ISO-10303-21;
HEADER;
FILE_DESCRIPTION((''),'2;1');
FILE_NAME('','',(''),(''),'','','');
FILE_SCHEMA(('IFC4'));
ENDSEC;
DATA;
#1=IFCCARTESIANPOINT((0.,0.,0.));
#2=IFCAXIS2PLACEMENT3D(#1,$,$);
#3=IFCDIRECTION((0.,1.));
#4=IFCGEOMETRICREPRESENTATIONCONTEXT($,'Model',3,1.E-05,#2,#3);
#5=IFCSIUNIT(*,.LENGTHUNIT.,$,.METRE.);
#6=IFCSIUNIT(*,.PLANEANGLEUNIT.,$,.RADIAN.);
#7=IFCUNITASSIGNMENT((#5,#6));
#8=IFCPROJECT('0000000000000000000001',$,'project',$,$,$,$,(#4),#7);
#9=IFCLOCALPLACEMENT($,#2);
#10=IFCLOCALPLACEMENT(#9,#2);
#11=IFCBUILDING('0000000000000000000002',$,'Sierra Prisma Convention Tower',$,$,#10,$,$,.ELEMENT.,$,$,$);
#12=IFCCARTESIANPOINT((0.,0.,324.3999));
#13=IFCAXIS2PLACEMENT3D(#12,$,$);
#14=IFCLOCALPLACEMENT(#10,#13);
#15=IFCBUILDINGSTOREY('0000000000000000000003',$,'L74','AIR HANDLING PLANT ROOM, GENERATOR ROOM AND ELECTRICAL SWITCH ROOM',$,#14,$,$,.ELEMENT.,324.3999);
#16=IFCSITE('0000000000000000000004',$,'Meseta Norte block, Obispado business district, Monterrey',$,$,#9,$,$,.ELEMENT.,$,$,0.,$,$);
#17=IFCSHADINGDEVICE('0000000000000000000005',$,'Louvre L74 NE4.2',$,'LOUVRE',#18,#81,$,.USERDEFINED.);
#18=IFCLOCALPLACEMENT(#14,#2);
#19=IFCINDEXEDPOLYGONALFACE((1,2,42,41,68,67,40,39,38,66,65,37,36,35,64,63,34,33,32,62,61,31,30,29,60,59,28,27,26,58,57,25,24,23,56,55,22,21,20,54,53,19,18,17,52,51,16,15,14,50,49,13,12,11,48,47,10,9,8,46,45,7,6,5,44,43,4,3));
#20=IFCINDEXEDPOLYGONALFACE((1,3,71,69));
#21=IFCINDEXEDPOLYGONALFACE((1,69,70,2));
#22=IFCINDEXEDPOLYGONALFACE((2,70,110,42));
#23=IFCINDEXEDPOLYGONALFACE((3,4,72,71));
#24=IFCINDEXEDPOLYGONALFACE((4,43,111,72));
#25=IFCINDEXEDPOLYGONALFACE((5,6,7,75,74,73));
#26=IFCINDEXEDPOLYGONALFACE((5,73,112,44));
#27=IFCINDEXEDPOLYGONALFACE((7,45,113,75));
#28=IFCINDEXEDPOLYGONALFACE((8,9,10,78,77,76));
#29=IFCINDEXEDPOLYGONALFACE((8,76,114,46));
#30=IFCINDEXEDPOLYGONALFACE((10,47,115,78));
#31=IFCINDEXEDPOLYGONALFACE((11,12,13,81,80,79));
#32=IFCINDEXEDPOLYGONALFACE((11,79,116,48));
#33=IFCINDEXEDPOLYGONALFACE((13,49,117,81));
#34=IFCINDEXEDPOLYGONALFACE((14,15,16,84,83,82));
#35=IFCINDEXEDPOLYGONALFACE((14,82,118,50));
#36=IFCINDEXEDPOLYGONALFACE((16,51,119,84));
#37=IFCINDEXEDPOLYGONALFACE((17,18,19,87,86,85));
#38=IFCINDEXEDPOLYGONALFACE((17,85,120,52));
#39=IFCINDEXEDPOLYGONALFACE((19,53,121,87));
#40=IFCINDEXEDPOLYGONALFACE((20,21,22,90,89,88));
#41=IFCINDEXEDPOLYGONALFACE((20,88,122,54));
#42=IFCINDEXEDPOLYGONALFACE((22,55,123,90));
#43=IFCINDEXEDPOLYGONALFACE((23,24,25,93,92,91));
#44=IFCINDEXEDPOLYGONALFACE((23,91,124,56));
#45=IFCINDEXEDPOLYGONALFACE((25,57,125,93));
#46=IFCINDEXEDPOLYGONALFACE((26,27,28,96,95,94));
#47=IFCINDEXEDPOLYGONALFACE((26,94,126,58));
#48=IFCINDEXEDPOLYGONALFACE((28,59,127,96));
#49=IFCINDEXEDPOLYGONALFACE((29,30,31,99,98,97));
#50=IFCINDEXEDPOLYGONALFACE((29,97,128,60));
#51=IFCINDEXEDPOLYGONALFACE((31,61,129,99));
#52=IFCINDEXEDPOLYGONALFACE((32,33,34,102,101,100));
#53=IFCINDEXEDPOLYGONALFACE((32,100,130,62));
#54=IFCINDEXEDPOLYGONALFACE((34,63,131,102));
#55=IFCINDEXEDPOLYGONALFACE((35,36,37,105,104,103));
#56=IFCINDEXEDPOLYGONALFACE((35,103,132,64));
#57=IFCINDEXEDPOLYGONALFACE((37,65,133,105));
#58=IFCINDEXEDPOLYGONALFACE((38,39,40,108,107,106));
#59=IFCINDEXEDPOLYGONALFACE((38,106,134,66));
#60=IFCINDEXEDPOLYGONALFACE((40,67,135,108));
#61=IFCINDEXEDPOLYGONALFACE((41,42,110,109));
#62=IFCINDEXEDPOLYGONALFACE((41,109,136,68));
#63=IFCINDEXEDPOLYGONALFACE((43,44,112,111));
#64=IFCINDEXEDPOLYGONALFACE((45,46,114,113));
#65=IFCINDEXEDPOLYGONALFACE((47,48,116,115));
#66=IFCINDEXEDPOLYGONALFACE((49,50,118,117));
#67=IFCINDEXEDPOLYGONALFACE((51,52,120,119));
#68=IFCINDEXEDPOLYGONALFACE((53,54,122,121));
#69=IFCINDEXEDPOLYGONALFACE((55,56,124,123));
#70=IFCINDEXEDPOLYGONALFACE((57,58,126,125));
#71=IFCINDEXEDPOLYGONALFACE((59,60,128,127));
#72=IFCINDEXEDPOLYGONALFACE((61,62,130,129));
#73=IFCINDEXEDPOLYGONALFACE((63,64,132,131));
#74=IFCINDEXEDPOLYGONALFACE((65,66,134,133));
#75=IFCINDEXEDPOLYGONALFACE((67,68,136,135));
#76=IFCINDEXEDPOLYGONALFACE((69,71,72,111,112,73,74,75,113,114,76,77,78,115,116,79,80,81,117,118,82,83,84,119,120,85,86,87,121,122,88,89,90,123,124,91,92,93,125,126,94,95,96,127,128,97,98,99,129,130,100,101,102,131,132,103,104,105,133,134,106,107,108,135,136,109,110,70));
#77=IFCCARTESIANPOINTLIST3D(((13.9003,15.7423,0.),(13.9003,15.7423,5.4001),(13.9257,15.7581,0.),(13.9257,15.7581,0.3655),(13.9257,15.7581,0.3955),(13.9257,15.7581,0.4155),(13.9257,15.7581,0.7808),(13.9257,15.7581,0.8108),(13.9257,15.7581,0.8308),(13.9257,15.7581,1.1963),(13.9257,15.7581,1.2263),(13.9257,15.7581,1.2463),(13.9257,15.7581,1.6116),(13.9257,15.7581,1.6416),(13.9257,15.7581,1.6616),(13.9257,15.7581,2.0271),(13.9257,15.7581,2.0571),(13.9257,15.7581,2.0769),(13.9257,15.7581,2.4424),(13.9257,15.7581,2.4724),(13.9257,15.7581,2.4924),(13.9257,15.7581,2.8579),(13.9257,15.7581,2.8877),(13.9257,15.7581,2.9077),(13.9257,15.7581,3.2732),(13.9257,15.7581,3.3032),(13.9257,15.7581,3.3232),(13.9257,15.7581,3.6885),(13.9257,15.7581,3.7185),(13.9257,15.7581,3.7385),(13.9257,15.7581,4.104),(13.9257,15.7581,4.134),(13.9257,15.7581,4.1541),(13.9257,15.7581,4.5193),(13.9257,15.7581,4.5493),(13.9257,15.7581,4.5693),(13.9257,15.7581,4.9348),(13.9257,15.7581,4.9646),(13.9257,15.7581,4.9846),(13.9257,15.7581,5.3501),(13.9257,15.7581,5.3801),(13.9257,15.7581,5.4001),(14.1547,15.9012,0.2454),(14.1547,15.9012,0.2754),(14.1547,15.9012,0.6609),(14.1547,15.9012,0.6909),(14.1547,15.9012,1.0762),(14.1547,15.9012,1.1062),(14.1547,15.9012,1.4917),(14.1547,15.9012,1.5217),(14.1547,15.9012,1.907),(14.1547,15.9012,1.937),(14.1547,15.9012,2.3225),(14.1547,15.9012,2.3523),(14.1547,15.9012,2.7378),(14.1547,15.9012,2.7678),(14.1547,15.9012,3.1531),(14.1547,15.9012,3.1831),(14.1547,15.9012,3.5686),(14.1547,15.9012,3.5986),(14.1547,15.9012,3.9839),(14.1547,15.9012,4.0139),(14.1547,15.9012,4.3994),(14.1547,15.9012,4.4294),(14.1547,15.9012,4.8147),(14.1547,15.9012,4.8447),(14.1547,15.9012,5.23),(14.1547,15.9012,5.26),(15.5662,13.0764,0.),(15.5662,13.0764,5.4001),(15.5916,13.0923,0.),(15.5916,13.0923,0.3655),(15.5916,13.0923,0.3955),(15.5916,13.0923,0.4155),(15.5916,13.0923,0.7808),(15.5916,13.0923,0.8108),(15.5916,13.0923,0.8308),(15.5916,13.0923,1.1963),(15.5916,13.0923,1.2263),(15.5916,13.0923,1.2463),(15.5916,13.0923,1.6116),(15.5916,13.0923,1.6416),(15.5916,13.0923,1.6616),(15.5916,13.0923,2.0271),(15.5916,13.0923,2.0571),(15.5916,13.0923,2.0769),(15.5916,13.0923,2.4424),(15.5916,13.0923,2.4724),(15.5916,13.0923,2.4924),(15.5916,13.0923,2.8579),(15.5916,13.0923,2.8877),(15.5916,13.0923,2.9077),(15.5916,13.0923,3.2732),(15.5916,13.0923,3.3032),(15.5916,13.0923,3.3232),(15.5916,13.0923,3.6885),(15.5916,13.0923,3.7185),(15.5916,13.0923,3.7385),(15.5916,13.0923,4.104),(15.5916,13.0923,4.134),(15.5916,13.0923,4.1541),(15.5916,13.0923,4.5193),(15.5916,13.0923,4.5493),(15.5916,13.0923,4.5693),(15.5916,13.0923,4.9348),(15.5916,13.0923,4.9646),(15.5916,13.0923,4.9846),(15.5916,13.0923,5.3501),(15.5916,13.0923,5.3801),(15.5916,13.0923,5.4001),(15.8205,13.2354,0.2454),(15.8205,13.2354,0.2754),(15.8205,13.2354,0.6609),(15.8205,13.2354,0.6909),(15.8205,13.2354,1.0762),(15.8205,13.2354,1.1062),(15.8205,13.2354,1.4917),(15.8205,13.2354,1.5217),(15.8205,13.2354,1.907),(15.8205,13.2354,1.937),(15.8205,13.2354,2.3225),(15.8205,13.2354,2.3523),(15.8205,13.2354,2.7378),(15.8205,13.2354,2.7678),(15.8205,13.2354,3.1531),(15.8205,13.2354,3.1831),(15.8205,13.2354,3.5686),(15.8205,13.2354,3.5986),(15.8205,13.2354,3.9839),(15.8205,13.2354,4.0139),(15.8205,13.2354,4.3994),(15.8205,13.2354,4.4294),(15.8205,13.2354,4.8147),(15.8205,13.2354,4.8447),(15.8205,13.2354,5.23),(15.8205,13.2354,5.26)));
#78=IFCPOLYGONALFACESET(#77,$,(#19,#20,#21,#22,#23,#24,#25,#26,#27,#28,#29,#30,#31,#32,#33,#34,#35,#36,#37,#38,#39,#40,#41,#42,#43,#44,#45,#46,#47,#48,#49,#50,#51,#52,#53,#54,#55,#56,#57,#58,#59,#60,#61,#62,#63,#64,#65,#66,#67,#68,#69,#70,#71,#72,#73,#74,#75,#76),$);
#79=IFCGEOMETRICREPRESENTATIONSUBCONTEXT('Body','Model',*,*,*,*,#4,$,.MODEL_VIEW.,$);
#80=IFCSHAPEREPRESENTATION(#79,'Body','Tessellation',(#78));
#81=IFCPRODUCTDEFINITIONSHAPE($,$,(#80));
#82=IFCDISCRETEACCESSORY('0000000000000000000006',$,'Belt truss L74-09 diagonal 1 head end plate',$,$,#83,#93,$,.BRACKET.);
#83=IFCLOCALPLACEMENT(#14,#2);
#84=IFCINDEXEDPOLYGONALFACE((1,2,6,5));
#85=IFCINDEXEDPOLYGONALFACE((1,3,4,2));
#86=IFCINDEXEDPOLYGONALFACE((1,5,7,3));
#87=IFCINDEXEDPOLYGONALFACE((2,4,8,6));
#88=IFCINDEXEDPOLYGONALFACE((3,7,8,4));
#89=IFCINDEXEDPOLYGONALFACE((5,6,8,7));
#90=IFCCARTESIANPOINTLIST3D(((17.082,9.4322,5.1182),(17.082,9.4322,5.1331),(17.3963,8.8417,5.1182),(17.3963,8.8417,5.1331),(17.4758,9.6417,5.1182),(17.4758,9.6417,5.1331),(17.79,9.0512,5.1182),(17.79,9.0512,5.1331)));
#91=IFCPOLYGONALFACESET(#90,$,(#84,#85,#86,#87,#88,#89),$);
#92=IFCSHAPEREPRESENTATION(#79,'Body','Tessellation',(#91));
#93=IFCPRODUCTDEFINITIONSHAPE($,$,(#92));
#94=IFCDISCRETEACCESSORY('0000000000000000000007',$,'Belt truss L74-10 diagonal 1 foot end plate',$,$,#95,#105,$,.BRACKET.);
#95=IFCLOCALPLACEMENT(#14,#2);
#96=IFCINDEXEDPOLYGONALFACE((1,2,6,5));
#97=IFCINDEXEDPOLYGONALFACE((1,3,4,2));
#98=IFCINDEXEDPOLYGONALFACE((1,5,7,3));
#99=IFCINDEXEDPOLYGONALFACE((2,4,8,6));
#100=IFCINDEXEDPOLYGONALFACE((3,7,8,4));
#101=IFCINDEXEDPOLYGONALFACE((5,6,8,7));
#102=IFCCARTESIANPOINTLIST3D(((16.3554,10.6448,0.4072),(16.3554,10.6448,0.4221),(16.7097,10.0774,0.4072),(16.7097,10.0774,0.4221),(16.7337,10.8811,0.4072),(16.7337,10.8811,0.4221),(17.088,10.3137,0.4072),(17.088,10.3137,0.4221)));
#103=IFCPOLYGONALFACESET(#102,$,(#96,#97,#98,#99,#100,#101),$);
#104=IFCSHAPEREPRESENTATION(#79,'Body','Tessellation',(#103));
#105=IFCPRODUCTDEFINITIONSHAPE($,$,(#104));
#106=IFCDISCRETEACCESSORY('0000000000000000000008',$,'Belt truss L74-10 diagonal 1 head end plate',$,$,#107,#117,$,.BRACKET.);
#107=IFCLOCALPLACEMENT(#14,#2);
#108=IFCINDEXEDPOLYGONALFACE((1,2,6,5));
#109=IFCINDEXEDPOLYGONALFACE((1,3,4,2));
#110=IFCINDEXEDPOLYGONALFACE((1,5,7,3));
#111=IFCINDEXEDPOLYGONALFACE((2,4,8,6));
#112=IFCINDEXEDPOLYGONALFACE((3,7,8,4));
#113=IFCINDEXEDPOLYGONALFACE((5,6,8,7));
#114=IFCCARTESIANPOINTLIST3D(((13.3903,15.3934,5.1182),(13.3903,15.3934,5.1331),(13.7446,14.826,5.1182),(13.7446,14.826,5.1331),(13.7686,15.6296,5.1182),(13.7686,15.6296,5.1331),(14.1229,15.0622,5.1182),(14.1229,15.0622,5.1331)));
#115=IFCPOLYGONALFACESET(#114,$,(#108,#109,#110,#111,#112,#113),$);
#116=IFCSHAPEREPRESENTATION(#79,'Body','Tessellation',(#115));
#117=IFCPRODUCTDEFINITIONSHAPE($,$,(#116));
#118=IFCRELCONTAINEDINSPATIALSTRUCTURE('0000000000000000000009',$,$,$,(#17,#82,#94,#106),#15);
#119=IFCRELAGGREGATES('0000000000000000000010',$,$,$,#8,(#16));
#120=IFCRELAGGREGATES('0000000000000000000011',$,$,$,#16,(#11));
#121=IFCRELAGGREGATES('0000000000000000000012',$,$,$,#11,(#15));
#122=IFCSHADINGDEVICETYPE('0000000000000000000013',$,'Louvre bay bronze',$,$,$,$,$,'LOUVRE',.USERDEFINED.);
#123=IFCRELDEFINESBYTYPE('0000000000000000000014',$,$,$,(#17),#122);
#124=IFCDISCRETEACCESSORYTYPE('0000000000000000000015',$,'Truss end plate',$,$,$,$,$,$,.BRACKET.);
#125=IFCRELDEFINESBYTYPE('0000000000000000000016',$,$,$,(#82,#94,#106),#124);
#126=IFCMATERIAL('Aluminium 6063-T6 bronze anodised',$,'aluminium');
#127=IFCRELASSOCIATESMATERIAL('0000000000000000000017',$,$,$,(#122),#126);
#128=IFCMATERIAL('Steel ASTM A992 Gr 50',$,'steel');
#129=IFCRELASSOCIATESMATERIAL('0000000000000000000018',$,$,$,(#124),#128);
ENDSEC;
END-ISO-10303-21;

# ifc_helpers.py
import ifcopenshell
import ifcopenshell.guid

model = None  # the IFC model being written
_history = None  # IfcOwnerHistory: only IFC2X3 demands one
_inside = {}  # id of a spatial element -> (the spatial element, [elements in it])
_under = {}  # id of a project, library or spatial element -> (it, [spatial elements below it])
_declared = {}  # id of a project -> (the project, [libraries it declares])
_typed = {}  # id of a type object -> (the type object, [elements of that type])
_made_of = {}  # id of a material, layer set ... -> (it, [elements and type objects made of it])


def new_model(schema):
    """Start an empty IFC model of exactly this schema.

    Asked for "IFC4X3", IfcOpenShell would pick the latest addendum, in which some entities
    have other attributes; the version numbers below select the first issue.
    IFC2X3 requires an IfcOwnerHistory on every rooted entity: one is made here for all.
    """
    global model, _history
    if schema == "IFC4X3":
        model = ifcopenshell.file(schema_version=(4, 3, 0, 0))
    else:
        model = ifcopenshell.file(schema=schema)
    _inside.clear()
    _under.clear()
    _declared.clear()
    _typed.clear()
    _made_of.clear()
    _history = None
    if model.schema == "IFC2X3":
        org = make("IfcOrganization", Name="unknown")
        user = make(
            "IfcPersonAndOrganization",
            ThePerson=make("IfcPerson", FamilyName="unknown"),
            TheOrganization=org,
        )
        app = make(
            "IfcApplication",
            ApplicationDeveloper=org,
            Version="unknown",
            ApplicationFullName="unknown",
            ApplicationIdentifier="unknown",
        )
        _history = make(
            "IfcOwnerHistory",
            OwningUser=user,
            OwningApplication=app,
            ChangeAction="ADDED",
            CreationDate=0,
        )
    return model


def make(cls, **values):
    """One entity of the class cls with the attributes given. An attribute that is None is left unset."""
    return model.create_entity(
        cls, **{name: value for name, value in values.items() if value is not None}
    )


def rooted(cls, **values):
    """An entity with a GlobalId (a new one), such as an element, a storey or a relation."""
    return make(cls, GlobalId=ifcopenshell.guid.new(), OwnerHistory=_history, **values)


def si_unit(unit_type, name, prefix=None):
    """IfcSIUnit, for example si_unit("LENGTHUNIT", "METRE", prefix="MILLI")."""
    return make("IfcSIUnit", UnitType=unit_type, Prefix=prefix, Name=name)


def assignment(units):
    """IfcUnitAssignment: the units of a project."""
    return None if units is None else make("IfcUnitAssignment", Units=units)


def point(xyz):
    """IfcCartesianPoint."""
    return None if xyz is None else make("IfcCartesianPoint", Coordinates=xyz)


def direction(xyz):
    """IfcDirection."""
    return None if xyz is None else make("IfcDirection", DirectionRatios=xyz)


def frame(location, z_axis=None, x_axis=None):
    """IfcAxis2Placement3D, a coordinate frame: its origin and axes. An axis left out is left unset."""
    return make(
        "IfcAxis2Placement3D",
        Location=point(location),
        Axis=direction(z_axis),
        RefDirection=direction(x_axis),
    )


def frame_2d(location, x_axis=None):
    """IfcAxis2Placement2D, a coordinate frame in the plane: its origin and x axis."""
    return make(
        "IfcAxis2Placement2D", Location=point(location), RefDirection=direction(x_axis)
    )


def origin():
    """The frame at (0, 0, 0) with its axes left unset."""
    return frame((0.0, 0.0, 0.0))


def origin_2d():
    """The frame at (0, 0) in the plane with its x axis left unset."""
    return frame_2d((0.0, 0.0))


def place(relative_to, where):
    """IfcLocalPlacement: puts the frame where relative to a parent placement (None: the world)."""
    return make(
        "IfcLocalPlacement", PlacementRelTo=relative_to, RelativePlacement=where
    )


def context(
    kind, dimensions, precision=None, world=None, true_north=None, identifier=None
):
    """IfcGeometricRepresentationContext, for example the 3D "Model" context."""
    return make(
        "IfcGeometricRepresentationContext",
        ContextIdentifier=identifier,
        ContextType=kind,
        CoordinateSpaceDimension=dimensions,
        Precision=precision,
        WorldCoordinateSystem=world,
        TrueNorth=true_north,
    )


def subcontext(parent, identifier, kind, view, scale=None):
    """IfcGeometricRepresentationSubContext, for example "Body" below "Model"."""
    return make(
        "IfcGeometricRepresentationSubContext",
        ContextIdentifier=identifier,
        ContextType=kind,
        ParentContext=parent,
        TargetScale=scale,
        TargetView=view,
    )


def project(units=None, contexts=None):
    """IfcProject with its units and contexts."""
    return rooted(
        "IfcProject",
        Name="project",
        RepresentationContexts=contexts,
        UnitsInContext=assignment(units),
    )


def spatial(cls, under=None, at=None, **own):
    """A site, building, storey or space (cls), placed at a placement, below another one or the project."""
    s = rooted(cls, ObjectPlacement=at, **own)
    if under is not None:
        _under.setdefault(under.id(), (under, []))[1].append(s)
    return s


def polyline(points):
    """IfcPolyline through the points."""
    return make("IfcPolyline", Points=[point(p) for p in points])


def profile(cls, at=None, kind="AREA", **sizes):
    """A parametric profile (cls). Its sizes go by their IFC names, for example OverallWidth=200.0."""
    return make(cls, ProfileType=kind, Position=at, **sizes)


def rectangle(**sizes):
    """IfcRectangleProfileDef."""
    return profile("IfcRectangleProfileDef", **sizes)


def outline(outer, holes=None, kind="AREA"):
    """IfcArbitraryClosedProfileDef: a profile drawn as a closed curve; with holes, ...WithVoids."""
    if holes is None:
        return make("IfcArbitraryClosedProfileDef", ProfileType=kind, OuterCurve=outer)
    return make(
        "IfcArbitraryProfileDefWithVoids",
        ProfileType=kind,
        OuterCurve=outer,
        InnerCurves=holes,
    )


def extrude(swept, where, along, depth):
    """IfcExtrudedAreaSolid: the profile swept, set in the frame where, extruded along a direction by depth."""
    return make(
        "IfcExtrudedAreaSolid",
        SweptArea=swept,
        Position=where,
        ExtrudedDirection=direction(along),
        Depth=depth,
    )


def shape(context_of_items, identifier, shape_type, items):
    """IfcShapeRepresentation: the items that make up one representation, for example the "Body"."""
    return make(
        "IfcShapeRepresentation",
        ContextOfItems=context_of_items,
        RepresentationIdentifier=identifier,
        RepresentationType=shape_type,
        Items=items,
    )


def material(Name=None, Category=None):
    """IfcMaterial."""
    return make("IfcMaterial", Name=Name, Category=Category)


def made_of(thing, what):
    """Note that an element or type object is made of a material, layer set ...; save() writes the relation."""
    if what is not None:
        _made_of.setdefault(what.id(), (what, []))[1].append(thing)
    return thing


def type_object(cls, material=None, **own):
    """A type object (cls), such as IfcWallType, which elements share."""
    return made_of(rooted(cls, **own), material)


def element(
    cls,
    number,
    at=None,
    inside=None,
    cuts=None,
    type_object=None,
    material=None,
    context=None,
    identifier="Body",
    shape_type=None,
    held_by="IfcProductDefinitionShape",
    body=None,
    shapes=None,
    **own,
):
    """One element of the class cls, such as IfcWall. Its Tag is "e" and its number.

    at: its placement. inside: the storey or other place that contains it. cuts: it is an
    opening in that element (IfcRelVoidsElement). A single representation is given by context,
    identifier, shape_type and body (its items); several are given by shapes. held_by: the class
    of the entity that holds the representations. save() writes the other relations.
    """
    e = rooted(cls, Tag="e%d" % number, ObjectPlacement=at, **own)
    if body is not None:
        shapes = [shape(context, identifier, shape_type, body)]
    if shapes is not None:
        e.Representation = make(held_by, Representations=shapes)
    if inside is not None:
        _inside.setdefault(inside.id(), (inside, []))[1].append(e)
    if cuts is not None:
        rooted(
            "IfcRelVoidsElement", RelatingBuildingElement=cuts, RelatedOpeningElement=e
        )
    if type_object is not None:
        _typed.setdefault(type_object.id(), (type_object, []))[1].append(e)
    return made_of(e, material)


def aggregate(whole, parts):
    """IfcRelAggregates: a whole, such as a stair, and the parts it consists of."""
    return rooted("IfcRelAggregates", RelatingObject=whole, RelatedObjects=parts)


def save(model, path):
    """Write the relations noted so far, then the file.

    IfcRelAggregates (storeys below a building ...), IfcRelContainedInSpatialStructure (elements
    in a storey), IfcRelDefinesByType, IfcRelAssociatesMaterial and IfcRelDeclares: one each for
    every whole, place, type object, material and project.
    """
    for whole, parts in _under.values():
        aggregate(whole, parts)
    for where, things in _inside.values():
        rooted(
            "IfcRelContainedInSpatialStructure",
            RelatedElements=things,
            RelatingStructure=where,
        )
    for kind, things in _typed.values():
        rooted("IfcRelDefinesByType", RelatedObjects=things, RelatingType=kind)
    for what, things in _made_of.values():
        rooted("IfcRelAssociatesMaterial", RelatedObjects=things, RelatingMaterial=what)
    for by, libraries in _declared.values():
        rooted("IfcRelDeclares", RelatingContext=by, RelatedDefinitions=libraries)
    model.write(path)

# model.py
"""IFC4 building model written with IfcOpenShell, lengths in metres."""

from ifc_helpers import new_model, si_unit, direction, frame, origin, origin_2d, place, context, subcontext, project, spatial, polyline, rectangle, outline, extrude, material, type_object, element, save


model = new_model("IFC4")

# Units and contexts
model_context = context("Model", 3, precision=1e-05, world=origin(), true_north=direction((0.0, 1.0)))
body_context = subcontext(model_context, "Body", "Model", "MODEL_VIEW")
ifc_project = project(units=[si_unit("LENGTHUNIT", "METRE"), si_unit("PLANEANGLEUNIT", "RADIAN")], contexts=[model_context])

# Site, building, storey
site_placement = place(None, origin())
site = spatial("IfcSite", under=ifc_project, at=site_placement, Name="Meseta Norte block, Obispado business district, Monterrey", CompositionType="ELEMENT", RefElevation=0.0)
building_placement = place(site_placement, origin())
building = spatial("IfcBuilding", under=site, at=building_placement, Name="Sierra Prisma Convention Tower", CompositionType="ELEMENT")
storey_placement = place(building_placement, frame((0.0, 0.0, 324.3999)))
storey = spatial("IfcBuildingStorey", under=building, at=storey_placement, Name="L74", Description="AIR HANDLING PLANT ROOM, GENERATOR ROOM AND ELECTRICAL SWITCH ROOM", CompositionType="ELEMENT", Elevation=324.3999)

# Shading device
ifc_material_1 = material(Name="Aluminium 6063-T6 bronze anodised", Category="aluminium")
shading_device_type = type_object("IfcShadingDeviceType", Name="Louvre bay bronze", ElementType="LOUVRE", PredefinedType="USERDEFINED", material=ifc_material_1)
shading_device_1_placement = place(storey_placement, frame((15.5662, 13.0764, 0.0), z_axis=(0.529935, -0.848038, 0.0), x_axis=(0.0, 0.0, 1.0)))
element("IfcShadingDevice", 1, at=shading_device_1_placement, inside=storey, type_object=shading_device_type, Name="Louvre L74 NE4.2", ObjectType="LOUVRE", PredefinedType="USERDEFINED", context=body_context, shape_type="SweptSolid", body=[
    extrude(outline(polyline([(0.0, 0.0), (5.4001, 0.0), (5.4001, -0.0299), (5.3801, -0.0299), (5.26, -0.3), (5.23, -0.3), (5.3501, -0.0299), (4.9846, -0.0299), (4.9646, -0.0299), (4.8447, -0.3), (4.8147, -0.3), (4.9348, -0.0299), (4.5693, -0.0299), (4.5493, -0.0299), (4.4294, -0.3), (4.3994, -0.3), (4.5193, -0.0299), (4.1541, -0.0299), (4.134, -0.0299), (4.0139, -0.3), (3.9839, -0.3), (4.104, -0.0299), (3.7385, -0.0299), (3.7185, -0.0299), (3.5986, -0.3), (3.5686, -0.3), (3.6885, -0.0299), (3.3232, -0.0299), (3.3032, -0.0299), (3.1831, -0.3), (3.1531, -0.3), (3.2732, -0.0299), (2.9077, -0.0299), (2.8877, -0.0299), (2.7678, -0.3), (2.7378, -0.3), (2.8579, -0.0299), (2.4924, -0.0299), (2.4724, -0.0299), (2.3523, -0.3), (2.3225, -0.3), (2.4424, -0.0299), (2.0769, -0.0299), (2.0571, -0.0299), (1.937, -0.3), (1.907, -0.3), (2.0271, -0.0299), (1.6616, -0.0299), (1.6416, -0.0299), (1.5217, -0.3), (1.4917, -0.3), (1.6116, -0.0299), (1.2463, -0.0299), (1.2263, -0.0299), (1.1062, -0.3), (1.0762, -0.3), (1.1963, -0.0299), (0.8308, -0.0299), (0.8108, -0.0299), (0.6909, -0.3), (0.6609, -0.3), (0.7808, -0.0299), (0.4155, -0.0299), (0.3955, -0.0299), (0.2754, -0.3), (0.2454, -0.3), (0.3655, -0.0299), (0.0, -0.0299), (0.0, 0.0)])), origin(), (0.0, 0.0, -1.0), 3.1436),
])

# Discrete accessories
ifc_material_2 = material(Name="Steel ASTM A992 Gr 50", Category="steel")
discrete_accessory_type = type_object("IfcDiscreteAccessoryType", Name="Truss end plate", PredefinedType="BRACKET", material=ifc_material_2)
for number, where, z_axis, x_axis, name in (
    (2, (17.436, 9.2417, 5.1182), (0.0, 0.0, 1.0), (-0.469738, 0.882806, 0.0), "Belt truss L74-09 diagonal 1 head end plate"),
    (3, (16.7217, 10.4792, 0.4072), (0.0, 0.0, 1.0), (-0.52966, 0.84821, 0.0), "Belt truss L74-10 diagonal 1 foot end plate"),
    (4, (13.7566, 15.2278, 5.1182), (0.0, 0.0, 1.0), (-0.52966, 0.84821, 0.0), "Belt truss L74-10 diagonal 1 head end plate"),
):
    element("IfcDiscreteAccessory", number, at=place(storey_placement, frame(where, z_axis=z_axis, x_axis=x_axis)), inside=storey, type_object=discrete_accessory_type, Name=name, PredefinedType="BRACKET", context=body_context, shape_type="SweptSolid", body=[
        extrude(rectangle(XDim=0.6689, YDim=0.446, at=origin_2d()), origin(), (0.0, 0.0, 1.0), 0.0149),
    ])

save(model, "model.ifc")
